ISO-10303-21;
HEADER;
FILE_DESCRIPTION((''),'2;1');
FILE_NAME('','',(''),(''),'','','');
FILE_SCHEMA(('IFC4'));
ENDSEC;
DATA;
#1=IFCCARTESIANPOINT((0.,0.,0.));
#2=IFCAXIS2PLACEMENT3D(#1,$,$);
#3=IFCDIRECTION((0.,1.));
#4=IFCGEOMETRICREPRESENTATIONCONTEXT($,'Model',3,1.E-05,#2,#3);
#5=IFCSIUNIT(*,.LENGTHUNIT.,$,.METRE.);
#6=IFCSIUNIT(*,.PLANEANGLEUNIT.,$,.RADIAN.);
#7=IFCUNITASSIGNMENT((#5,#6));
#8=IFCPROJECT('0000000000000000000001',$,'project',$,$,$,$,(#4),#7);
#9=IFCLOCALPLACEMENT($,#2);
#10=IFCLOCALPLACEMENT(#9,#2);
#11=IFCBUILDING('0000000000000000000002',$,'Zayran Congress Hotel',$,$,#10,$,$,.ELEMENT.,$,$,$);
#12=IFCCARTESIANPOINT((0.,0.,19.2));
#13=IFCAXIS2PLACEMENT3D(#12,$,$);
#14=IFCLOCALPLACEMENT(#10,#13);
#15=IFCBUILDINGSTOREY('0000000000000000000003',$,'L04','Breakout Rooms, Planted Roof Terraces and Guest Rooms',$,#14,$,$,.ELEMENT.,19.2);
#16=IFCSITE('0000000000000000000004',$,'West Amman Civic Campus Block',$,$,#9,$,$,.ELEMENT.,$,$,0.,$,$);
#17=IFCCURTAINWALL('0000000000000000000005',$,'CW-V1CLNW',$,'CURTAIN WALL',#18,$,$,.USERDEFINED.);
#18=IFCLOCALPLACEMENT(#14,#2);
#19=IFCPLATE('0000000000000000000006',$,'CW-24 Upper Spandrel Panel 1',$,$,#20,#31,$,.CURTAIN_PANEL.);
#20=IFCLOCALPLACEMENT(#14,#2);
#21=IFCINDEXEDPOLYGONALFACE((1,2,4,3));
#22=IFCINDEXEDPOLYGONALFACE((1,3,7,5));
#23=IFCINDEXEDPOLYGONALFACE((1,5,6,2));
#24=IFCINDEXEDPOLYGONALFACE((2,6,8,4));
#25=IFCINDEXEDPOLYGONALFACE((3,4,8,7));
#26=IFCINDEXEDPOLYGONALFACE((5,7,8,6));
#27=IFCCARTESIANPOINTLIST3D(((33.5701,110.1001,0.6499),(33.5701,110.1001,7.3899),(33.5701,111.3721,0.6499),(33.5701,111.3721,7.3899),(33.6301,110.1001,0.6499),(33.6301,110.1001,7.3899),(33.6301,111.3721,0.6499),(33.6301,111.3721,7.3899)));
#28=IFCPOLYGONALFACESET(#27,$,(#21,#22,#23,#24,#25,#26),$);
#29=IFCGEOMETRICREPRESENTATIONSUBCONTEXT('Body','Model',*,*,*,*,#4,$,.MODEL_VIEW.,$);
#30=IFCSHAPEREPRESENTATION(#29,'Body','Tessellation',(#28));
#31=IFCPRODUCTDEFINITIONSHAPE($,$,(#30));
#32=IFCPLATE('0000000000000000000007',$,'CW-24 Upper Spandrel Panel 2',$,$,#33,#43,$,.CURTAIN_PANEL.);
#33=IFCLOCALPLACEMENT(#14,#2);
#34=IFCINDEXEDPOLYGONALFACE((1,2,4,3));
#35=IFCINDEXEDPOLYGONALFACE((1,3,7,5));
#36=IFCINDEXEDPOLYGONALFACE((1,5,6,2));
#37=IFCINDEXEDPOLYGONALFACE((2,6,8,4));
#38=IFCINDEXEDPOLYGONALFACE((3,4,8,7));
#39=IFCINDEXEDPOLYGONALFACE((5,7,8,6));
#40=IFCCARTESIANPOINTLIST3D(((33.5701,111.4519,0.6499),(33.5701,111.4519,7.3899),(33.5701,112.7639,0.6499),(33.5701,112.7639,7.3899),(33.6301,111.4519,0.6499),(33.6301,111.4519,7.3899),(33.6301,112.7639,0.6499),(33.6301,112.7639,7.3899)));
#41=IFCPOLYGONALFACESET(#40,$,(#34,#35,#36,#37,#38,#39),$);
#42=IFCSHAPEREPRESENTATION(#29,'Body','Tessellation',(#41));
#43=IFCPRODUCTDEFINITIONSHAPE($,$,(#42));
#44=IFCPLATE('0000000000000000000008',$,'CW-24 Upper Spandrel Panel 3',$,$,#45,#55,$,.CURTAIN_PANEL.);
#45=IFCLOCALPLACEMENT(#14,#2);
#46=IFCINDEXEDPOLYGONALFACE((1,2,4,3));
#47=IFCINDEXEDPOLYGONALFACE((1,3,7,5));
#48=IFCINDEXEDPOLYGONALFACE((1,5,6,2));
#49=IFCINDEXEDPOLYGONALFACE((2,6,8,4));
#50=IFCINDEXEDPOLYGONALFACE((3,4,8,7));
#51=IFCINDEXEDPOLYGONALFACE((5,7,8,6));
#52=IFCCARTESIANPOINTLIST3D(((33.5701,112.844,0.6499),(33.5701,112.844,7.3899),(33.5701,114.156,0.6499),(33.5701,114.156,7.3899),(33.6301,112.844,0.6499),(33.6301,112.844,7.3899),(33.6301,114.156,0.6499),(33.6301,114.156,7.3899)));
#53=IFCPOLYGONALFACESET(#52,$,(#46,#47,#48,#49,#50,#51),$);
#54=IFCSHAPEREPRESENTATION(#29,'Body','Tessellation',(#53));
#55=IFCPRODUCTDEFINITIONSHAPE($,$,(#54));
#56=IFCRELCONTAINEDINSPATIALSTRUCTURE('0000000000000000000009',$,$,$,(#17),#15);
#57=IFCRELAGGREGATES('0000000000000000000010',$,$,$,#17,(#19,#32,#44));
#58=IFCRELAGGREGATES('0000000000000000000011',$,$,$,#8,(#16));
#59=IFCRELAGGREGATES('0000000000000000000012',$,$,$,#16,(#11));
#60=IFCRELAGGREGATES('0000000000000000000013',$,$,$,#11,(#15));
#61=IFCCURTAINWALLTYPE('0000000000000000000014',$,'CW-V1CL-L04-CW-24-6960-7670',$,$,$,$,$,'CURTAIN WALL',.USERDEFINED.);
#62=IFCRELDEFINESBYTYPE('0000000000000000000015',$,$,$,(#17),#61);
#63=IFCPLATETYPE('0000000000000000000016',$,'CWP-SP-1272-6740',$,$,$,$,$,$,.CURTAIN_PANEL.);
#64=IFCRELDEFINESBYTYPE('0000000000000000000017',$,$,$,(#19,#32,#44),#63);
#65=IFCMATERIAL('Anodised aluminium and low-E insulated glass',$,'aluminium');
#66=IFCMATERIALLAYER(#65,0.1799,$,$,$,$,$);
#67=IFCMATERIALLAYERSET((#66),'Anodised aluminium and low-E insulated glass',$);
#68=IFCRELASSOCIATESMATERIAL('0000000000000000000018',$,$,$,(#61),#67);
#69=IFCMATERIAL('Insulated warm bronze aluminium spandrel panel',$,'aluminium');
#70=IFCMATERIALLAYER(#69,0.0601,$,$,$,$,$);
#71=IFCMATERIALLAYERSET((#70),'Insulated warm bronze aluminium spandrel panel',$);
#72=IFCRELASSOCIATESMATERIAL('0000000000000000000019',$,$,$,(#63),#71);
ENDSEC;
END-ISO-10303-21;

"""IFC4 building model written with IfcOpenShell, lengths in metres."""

from ifc_helpers import new_model, si_unit, direction, frame, origin, origin_2d, place, context, subcontext, project, spatial, rectangle, extrude, material, layer, layer_set, type_object, element, aggregate, save


model = new_model("IFC4")

# Units and contexts
model_context = context("Model", 3, precision=1e-05, world=origin(), true_north=direction((0.0, 1.0)))
body_context = subcontext(model_context, "Body", "Model", "MODEL_VIEW")
ifc_project = project(units=[si_unit("LENGTHUNIT", "METRE"), si_unit("PLANEANGLEUNIT", "RADIAN")], contexts=[model_context])

# Site, building, storey
site_placement = place(None, origin())
site = spatial("IfcSite", under=ifc_project, at=site_placement, Name="West Amman Civic Campus Block", CompositionType="ELEMENT", RefElevation=0.0)
building_placement = place(site_placement, origin())
building = spatial("IfcBuilding", under=site, at=building_placement, Name="Zayran Congress Hotel", CompositionType="ELEMENT")
storey_placement = place(building_placement, frame((0.0, 0.0, 19.2)))
storey = spatial("IfcBuildingStorey", under=building, at=storey_placement, Name="L04", Description="Breakout Rooms, Planted Roof Terraces and Guest Rooms", CompositionType="ELEMENT", Elevation=19.2)

# Curtain wall
ifc_material_1 = material(Name="Anodised aluminium and low-E insulated glass", Category="aluminium")
ifc_layer_1 = layer(ifc_material_1, 0.1799)
ifc_layer_set_1 = layer_set([ifc_layer_1], Name="Anodised aluminium and low-E insulated glass")
curtain_wall_type_1 = type_object("IfcCurtainWallType", Name="CW-V1CL-L04-CW-24-6960-7670", ElementType="CURTAIN WALL", PredefinedType="USERDEFINED", material=ifc_layer_set_1)
curtain_wall_1_placement = place(storey_placement, origin())
curtain_wall_1 = element("IfcCurtainWall", 1, at=curtain_wall_1_placement, inside=storey, type_object=curtain_wall_type_1, Name="CW-V1CLNW", ObjectType="CURTAIN WALL", PredefinedType="USERDEFINED")

# Plates
ifc_material_2 = material(Name="Insulated warm bronze aluminium spandrel panel", Category="aluminium")
ifc_layer_2 = layer(ifc_material_2, 0.0601)
ifc_layer_set_2 = layer_set([ifc_layer_2], Name="Insulated warm bronze aluminium spandrel panel")
plate_type_1 = type_object("IfcPlateType", Name="CWP-SP-1272-6740", PredefinedType="CURTAIN_PANEL", material=ifc_layer_set_2)
plate_1_placement = place(storey_placement, frame((33.6001, 110.7361, 0.6499), z_axis=(0.0, 0.0, 1.0), x_axis=(0.0, 1.0, 0.0)))
plate_1 = element("IfcPlate", 2, at=plate_1_placement, type_object=plate_type_1, Name="CW-24 Upper Spandrel Panel 1", PredefinedType="CURTAIN_PANEL", context=body_context, shape_type="SweptSolid", body=[
    extrude(rectangle(XDim=1.272, YDim=0.0601, at=origin_2d()), origin(), (0.0, 0.0, 1.0), 6.74),
])
plate_2_placement = place(storey_placement, frame((33.6001, 112.1079, 0.6499), z_axis=(0.0, 0.0, 1.0), x_axis=(0.0, 1.0, 0.0)))
plate_2 = element("IfcPlate", 3, at=plate_2_placement, type_object=plate_type_1, Name="CW-24 Upper Spandrel Panel 2", PredefinedType="CURTAIN_PANEL", context=body_context, shape_type="SweptSolid", body=[
    extrude(rectangle(XDim=1.312, YDim=0.0601, at=origin_2d()), origin(), (0.0, 0.0, 1.0), 6.74),
])
plate_3_placement = place(storey_placement, frame((33.6001, 113.5, 0.6499), z_axis=(0.0, 0.0, 1.0), x_axis=(0.0, 1.0, 0.0)))
plate_3 = element("IfcPlate", 4, at=plate_3_placement, type_object=plate_type_1, Name="CW-24 Upper Spandrel Panel 3", PredefinedType="CURTAIN_PANEL", context=body_context, shape_type="SweptSolid", body=[
    extrude(rectangle(XDim=1.312, YDim=0.0601, at=origin_2d()), origin(), (0.0, 0.0, 1.0), 6.74),
])
aggregate(curtain_wall_1, [plate_1, plate_2, plate_3])

save(model, "model.ifc")
